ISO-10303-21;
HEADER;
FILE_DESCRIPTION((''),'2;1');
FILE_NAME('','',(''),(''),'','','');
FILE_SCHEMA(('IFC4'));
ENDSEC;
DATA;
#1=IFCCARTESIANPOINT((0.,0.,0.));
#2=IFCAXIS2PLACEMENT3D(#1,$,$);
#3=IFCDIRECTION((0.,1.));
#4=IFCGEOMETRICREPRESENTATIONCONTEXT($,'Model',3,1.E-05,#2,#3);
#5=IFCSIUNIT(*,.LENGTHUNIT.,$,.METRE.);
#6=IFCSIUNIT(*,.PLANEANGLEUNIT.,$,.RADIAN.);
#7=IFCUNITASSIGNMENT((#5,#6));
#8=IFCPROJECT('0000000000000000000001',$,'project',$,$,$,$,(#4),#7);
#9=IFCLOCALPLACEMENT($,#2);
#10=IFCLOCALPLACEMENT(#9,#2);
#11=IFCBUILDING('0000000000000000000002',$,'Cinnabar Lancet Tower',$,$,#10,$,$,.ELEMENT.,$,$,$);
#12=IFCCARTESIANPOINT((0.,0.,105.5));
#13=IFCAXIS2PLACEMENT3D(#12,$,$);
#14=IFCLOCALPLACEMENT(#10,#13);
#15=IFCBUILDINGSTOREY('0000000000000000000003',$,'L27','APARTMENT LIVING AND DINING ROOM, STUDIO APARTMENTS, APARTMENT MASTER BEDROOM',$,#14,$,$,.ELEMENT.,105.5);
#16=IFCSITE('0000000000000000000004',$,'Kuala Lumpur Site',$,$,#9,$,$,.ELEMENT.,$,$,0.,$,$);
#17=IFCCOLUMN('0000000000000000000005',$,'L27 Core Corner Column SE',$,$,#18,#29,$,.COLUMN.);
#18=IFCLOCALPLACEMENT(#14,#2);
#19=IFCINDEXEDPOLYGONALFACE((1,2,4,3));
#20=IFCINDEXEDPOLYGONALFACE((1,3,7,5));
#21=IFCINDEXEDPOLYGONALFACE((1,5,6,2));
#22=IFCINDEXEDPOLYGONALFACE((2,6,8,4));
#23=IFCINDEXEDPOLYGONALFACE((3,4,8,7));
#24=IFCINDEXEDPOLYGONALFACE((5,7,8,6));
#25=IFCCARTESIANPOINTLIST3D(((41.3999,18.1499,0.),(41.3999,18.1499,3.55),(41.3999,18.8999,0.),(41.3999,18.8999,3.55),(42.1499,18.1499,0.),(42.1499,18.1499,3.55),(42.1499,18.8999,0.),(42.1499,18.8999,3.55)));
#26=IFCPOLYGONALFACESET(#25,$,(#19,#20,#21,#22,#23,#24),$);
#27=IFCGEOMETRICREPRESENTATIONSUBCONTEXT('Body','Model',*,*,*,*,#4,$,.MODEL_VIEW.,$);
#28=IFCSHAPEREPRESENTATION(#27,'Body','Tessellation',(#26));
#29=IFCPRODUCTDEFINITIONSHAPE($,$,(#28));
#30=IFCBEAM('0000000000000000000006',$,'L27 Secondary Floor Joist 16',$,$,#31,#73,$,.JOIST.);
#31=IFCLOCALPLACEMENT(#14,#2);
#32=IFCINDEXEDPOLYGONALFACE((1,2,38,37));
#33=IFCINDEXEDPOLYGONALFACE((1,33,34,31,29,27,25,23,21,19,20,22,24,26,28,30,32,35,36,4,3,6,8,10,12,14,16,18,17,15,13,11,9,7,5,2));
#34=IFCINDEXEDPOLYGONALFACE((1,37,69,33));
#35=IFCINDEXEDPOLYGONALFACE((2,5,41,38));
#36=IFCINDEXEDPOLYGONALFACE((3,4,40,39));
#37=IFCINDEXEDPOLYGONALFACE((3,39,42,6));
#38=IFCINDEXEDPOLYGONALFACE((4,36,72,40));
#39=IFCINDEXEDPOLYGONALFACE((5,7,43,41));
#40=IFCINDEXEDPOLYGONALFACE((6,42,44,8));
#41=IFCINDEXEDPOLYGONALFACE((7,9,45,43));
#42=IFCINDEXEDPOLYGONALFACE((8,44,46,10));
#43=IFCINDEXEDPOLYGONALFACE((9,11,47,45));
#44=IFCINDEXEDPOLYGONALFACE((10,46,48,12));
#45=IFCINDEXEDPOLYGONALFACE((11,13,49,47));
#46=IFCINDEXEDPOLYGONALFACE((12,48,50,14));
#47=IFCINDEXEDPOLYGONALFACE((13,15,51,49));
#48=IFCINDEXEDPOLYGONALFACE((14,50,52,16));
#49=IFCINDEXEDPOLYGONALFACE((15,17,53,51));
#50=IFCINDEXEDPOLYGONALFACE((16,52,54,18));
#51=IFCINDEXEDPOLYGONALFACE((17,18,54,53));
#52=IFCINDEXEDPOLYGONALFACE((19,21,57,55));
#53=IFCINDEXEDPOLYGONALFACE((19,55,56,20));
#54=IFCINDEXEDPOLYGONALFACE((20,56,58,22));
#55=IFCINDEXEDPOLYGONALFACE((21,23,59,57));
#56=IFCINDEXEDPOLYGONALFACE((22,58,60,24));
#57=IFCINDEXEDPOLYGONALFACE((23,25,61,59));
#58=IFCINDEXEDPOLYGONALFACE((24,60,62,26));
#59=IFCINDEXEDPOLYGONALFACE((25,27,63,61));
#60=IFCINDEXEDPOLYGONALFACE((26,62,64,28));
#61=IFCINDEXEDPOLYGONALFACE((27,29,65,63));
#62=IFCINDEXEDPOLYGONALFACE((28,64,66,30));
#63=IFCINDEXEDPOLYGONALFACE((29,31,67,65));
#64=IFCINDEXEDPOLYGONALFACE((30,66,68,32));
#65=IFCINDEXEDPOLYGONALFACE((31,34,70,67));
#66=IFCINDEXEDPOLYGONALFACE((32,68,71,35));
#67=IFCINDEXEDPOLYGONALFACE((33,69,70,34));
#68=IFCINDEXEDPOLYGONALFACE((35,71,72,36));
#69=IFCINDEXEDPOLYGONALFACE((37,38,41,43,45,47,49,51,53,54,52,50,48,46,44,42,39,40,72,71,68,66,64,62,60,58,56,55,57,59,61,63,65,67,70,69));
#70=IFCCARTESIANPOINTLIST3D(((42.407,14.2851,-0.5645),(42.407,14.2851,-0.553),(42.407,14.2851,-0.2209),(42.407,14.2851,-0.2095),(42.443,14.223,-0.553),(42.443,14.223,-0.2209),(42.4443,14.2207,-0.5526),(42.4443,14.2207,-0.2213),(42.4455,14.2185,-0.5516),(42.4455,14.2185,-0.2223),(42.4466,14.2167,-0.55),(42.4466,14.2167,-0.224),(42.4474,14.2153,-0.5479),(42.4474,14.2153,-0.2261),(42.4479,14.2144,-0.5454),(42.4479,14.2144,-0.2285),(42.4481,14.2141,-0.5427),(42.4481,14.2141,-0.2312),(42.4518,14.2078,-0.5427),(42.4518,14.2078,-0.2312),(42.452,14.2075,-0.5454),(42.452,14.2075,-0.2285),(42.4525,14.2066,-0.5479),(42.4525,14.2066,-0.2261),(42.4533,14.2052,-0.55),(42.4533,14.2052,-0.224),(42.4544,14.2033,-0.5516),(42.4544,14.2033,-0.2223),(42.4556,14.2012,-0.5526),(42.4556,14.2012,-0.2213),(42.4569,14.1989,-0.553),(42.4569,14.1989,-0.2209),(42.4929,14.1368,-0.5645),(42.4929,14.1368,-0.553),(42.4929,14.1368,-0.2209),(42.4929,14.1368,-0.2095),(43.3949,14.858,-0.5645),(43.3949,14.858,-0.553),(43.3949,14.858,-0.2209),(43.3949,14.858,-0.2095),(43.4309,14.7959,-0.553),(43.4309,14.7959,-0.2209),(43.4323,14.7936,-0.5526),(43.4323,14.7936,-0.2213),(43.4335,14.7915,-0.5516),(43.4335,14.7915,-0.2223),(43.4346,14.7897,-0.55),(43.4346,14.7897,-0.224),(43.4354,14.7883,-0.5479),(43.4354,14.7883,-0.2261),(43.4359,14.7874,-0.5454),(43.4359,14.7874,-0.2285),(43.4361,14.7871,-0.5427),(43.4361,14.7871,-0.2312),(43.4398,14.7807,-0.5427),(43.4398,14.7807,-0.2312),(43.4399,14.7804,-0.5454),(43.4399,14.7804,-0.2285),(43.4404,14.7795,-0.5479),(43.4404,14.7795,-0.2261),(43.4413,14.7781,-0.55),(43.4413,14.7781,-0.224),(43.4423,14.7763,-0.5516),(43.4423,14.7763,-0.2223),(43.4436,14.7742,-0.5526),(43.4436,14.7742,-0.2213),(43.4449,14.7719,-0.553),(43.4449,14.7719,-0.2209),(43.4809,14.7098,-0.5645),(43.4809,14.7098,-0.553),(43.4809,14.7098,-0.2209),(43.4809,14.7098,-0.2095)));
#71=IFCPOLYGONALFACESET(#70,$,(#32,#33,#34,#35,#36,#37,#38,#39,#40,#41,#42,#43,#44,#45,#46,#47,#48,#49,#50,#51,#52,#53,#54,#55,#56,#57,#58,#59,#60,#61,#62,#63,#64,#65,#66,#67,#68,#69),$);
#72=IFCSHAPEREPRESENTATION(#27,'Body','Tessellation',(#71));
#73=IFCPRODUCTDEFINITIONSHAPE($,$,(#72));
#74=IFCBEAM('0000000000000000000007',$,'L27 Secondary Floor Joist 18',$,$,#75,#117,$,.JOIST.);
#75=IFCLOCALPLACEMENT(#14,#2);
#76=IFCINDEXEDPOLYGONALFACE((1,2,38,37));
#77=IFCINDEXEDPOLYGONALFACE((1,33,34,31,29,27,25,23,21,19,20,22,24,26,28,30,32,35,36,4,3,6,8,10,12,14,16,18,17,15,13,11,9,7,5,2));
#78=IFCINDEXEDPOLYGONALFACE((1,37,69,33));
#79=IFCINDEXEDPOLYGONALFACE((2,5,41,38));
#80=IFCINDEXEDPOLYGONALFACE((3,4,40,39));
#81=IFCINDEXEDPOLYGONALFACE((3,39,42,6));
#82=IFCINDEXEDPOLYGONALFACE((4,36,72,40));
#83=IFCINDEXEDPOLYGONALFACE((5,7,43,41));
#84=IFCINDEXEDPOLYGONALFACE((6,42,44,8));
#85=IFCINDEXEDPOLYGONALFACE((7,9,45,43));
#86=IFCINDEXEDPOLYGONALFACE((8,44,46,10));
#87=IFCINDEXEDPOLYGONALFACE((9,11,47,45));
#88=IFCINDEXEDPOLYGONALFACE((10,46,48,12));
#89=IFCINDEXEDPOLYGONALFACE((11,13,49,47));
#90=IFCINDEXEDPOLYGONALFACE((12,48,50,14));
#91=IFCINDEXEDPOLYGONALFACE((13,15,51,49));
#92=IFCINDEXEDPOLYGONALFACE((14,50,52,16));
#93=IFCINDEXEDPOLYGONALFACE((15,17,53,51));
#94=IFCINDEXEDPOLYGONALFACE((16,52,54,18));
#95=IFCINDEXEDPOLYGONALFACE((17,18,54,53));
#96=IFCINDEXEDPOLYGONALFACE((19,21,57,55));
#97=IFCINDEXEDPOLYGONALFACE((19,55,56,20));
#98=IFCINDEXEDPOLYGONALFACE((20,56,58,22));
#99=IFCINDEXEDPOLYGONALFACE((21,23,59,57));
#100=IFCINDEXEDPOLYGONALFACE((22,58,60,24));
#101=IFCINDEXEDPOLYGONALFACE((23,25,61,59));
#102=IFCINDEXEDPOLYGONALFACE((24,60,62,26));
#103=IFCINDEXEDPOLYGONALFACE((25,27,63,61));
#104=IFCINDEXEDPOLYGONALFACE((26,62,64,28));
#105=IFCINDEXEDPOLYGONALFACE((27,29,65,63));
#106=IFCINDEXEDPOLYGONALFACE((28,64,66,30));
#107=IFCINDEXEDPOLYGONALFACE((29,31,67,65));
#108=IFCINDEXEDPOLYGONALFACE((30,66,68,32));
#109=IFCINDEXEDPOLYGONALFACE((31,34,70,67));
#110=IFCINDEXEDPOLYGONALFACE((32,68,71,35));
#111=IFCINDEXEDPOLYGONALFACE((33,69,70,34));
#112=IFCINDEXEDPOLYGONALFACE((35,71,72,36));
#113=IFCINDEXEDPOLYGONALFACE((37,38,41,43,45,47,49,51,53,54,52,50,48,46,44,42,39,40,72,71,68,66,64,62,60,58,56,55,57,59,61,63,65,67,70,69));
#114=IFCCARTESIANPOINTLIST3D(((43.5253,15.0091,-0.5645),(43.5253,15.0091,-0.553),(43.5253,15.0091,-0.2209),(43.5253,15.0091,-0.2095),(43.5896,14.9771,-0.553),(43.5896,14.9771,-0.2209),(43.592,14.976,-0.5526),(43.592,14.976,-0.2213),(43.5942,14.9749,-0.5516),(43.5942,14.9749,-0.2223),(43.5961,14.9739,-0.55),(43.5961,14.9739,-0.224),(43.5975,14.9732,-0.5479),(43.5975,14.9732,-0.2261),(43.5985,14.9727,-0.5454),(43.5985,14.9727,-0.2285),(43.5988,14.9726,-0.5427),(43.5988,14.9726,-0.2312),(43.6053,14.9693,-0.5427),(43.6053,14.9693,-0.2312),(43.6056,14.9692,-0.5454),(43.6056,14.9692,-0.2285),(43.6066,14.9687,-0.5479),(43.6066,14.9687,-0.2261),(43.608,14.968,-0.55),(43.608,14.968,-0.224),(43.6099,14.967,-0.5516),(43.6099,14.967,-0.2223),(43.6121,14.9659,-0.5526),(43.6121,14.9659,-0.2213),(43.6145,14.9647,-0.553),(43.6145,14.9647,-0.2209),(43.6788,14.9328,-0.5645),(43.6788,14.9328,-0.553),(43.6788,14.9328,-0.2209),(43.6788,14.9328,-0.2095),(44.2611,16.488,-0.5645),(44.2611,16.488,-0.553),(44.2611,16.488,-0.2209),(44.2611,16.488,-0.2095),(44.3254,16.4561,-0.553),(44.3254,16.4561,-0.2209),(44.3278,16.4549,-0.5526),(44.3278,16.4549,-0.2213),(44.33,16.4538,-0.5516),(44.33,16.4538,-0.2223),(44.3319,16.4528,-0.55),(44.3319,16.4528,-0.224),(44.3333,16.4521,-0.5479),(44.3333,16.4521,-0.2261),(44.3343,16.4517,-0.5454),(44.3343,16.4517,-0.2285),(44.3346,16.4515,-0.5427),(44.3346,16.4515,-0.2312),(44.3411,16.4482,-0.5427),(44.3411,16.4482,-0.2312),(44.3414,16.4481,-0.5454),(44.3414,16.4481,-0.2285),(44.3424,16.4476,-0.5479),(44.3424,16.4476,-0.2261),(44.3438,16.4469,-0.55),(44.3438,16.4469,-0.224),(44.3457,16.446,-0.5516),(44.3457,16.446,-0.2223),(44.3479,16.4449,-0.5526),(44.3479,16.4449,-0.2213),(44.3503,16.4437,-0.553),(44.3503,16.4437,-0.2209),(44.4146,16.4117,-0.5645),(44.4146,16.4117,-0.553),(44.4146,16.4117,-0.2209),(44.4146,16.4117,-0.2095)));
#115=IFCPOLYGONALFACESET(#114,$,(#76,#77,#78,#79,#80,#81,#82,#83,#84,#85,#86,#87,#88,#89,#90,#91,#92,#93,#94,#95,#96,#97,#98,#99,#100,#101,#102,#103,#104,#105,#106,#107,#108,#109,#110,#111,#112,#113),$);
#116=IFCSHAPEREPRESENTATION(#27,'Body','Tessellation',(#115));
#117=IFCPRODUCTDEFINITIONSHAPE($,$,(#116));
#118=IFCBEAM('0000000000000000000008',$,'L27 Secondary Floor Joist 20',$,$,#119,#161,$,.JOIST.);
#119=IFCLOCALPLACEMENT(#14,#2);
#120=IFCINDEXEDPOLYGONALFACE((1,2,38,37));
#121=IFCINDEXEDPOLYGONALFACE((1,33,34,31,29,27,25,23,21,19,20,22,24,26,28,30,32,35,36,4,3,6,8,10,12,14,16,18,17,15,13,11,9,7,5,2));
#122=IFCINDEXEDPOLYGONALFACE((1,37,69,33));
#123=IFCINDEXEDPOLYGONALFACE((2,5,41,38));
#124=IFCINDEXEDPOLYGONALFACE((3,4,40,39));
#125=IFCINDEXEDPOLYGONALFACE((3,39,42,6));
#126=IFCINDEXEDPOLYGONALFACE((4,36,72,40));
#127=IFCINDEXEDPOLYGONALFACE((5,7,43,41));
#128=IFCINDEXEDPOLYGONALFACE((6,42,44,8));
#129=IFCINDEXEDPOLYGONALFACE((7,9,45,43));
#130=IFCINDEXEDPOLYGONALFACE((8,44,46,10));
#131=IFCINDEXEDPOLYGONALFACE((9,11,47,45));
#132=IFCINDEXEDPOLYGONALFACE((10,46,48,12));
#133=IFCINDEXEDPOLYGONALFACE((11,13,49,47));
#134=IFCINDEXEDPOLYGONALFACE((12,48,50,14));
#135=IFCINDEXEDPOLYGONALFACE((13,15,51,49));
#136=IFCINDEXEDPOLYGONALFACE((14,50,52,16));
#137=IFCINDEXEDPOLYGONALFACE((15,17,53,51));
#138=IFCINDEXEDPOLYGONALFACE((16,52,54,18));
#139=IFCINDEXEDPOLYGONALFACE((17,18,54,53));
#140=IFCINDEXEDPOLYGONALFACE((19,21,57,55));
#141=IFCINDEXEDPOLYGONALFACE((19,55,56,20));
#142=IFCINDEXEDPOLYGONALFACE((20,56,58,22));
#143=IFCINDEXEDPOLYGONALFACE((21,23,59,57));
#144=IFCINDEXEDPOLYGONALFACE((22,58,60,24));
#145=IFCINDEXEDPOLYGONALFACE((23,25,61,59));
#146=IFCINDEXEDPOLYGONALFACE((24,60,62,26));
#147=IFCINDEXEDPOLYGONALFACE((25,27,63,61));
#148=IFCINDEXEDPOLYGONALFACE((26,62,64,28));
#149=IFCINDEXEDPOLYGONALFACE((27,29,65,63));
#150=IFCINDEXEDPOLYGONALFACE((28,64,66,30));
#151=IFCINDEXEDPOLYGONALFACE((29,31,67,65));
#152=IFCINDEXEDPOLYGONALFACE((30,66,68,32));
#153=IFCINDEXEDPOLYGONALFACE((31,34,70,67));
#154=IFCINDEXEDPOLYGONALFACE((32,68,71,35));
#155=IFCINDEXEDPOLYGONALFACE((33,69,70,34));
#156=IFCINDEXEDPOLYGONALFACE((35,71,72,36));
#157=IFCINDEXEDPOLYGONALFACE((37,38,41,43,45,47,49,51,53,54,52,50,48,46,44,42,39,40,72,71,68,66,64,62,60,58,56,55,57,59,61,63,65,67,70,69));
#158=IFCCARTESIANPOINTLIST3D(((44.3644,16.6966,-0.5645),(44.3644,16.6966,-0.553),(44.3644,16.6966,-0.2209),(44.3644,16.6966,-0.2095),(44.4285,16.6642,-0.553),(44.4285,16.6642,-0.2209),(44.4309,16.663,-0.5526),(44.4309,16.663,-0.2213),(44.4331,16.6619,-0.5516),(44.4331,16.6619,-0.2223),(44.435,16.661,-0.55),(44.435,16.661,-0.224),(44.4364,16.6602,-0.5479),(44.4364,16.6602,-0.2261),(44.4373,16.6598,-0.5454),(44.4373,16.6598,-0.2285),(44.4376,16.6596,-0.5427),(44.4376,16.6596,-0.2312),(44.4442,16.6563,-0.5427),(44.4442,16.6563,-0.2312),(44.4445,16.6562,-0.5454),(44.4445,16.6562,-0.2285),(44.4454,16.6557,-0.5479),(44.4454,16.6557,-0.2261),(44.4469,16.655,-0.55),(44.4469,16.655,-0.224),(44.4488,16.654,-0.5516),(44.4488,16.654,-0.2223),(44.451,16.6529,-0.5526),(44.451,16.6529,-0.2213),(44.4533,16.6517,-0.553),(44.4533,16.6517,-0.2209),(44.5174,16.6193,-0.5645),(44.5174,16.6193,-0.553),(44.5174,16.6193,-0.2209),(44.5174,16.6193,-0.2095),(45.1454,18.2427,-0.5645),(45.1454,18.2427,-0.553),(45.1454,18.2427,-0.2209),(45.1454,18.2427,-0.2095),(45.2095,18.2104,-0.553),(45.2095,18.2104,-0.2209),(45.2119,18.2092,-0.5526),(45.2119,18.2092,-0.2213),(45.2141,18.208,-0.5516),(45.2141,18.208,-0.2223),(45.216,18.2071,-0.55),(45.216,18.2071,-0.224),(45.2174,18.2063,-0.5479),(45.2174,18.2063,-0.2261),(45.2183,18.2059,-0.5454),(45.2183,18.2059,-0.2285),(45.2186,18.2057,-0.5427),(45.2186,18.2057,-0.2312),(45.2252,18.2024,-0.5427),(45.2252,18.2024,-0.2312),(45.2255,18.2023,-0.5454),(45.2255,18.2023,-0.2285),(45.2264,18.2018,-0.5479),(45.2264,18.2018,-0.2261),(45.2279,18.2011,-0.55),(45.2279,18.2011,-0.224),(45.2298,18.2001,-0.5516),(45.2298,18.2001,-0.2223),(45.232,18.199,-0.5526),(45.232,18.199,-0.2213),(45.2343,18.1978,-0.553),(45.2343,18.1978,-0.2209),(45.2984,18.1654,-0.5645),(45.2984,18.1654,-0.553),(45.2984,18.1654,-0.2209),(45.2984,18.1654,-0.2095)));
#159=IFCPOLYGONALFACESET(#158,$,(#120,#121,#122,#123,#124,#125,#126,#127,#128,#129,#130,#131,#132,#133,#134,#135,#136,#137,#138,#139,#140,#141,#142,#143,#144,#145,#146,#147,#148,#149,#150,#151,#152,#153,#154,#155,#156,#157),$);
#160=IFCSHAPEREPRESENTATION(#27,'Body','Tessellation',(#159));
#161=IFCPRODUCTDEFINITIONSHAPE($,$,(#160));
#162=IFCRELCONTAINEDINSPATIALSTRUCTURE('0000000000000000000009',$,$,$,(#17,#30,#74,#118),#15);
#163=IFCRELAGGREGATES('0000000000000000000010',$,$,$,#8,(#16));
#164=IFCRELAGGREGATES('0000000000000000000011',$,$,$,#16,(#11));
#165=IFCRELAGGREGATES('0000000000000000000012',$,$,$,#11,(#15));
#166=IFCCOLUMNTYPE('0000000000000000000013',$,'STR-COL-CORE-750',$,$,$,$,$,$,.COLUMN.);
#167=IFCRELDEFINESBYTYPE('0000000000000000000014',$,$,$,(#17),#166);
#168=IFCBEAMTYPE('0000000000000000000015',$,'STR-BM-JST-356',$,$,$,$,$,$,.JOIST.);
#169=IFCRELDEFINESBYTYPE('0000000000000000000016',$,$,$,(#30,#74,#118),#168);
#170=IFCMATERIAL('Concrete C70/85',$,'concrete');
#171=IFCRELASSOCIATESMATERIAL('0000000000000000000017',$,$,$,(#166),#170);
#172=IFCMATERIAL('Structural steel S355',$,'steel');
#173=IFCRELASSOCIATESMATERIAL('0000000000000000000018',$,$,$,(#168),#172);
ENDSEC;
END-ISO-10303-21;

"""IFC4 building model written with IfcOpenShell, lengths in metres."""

from ifc_helpers import new_model, si_unit, direction, frame, origin, origin_2d, place, context, subcontext, project, spatial, rectangle, i_section, extrude, material, material_profile, profile_set, type_object, element, save


model = new_model("IFC4")

# Units and contexts
model_context = context("Model", 3, precision=1e-05, world=origin(), true_north=direction((0.0, 1.0)))
body_context = subcontext(model_context, "Body", "Model", "MODEL_VIEW")
ifc_project = project(units=[si_unit("LENGTHUNIT", "METRE"), si_unit("PLANEANGLEUNIT", "RADIAN")], contexts=[model_context])

# Site, building, storey
site_placement = place(None, origin())
site = spatial("IfcSite", under=ifc_project, at=site_placement, Name="Kuala Lumpur Site", CompositionType="ELEMENT", RefElevation=0.0)
building_placement = place(site_placement, origin())
building = spatial("IfcBuilding", under=site, at=building_placement, Name="Cinnabar Lancet Tower", CompositionType="ELEMENT")
storey_placement = place(building_placement, frame((0.0, 0.0, 105.5)))
storey = spatial("IfcBuildingStorey", under=building, at=storey_placement, Name="L27", Description="APARTMENT LIVING AND DINING ROOM, STUDIO APARTMENTS, APARTMENT MASTER BEDROOM", CompositionType="ELEMENT", Elevation=105.5)

# Column
ifc_material_1 = material(Name="Concrete C70/85", Category="concrete")
ifc_material_profile_1 = material_profile(ifc_material_1, rectangle(XDim=0.75, YDim=0.75, at=origin_2d()), Name="RC-COL 750x750")
ifc_profile_set_1 = profile_set([ifc_material_profile_1], Name="Concrete C70/85")
column_type = type_object("IfcColumnType", Name="STR-COL-CORE-750", PredefinedType="COLUMN", material=ifc_profile_set_1)
column_placement = place(storey_placement, frame((41.7749, 18.5249, 0.0), z_axis=(0.0, 0.0, 1.0), x_axis=(1.0, 0.0, 0.0)))
element("IfcColumn", 1, at=column_placement, inside=storey, type_object=column_type, Name="L27 Core Corner Column SE", PredefinedType="COLUMN", context=body_context, shape_type="SweptSolid", body=[
    extrude(rectangle(XDim=0.75, YDim=0.75, at=origin_2d()), origin(), (0.0, 0.0, 1.0), 3.55),
])

# Beams
ifc_material_2 = material(Name="Structural steel S355", Category="steel")
ifc_material_profile_2 = material_profile(ifc_material_2, i_section(OverallWidth=0.1714, OverallDepth=0.355, WebThickness=0.0073, FlangeThickness=0.0115, FilletRadius=0.0103, at=origin_2d()), Name="UKB 356x171x51")
ifc_profile_set_2 = profile_set([ifc_material_profile_2], Name="Structural steel S355")
beam_type_1 = type_object("IfcBeamType", Name="STR-BM-JST-356", PredefinedType="JOIST", material=ifc_profile_set_2)
beam_1_placement = place(storey_placement, frame((42.45, 14.2109, -0.387), z_axis=(0.865055, 0.501677, 0.0), x_axis=(-0.501677, 0.865055, 0.0)))
element("IfcBeam", 2, at=beam_1_placement, inside=storey, type_object=beam_type_1, Name="L27 Secondary Floor Joist 16", PredefinedType="JOIST", context=body_context, shape_type="SweptSolid", body=[
    extrude(i_section(OverallWidth=0.1714, OverallDepth=0.355, WebThickness=0.0073, FlangeThickness=0.0115, FilletRadius=0.0103, at=origin_2d()), origin(), (0.0, 0.0, 1.0), 1.1421),
])
beam_2_placement = place(storey_placement, frame((43.6021, 14.9709, -0.387), z_axis=(0.445439, 0.895312, 0.0), x_axis=(-0.895312, 0.445439, 0.0)))
element("IfcBeam", 3, at=beam_2_placement, inside=storey, type_object=beam_type_1, Name="L27 Secondary Floor Joist 18", PredefinedType="JOIST", context=body_context, shape_type="SweptSolid", body=[
    extrude(i_section(OverallWidth=0.1714, OverallDepth=0.355, WebThickness=0.0073, FlangeThickness=0.0115, FilletRadius=0.0103, at=origin_2d()), origin(), (0.0, 0.0, 1.0), 1.6519),
])
beam_3_placement = place(storey_placement, frame((44.4409, 16.658, -0.387), z_axis=(0.450874, 0.892587, 0.0), x_axis=(-0.892587, 0.450874, 0.0)))
element("IfcBeam", 4, at=beam_3_placement, inside=storey, type_object=beam_type_1, Name="L27 Secondary Floor Joist 20", PredefinedType="JOIST", context=body_context, shape_type="SweptSolid", body=[
    extrude(i_section(OverallWidth=0.1714, OverallDepth=0.355, WebThickness=0.0073, FlangeThickness=0.0115, FilletRadius=0.0103, at=origin_2d()), origin(), (0.0, 0.0, 1.0), 1.7322),
])

save(model, "model.ifc")
